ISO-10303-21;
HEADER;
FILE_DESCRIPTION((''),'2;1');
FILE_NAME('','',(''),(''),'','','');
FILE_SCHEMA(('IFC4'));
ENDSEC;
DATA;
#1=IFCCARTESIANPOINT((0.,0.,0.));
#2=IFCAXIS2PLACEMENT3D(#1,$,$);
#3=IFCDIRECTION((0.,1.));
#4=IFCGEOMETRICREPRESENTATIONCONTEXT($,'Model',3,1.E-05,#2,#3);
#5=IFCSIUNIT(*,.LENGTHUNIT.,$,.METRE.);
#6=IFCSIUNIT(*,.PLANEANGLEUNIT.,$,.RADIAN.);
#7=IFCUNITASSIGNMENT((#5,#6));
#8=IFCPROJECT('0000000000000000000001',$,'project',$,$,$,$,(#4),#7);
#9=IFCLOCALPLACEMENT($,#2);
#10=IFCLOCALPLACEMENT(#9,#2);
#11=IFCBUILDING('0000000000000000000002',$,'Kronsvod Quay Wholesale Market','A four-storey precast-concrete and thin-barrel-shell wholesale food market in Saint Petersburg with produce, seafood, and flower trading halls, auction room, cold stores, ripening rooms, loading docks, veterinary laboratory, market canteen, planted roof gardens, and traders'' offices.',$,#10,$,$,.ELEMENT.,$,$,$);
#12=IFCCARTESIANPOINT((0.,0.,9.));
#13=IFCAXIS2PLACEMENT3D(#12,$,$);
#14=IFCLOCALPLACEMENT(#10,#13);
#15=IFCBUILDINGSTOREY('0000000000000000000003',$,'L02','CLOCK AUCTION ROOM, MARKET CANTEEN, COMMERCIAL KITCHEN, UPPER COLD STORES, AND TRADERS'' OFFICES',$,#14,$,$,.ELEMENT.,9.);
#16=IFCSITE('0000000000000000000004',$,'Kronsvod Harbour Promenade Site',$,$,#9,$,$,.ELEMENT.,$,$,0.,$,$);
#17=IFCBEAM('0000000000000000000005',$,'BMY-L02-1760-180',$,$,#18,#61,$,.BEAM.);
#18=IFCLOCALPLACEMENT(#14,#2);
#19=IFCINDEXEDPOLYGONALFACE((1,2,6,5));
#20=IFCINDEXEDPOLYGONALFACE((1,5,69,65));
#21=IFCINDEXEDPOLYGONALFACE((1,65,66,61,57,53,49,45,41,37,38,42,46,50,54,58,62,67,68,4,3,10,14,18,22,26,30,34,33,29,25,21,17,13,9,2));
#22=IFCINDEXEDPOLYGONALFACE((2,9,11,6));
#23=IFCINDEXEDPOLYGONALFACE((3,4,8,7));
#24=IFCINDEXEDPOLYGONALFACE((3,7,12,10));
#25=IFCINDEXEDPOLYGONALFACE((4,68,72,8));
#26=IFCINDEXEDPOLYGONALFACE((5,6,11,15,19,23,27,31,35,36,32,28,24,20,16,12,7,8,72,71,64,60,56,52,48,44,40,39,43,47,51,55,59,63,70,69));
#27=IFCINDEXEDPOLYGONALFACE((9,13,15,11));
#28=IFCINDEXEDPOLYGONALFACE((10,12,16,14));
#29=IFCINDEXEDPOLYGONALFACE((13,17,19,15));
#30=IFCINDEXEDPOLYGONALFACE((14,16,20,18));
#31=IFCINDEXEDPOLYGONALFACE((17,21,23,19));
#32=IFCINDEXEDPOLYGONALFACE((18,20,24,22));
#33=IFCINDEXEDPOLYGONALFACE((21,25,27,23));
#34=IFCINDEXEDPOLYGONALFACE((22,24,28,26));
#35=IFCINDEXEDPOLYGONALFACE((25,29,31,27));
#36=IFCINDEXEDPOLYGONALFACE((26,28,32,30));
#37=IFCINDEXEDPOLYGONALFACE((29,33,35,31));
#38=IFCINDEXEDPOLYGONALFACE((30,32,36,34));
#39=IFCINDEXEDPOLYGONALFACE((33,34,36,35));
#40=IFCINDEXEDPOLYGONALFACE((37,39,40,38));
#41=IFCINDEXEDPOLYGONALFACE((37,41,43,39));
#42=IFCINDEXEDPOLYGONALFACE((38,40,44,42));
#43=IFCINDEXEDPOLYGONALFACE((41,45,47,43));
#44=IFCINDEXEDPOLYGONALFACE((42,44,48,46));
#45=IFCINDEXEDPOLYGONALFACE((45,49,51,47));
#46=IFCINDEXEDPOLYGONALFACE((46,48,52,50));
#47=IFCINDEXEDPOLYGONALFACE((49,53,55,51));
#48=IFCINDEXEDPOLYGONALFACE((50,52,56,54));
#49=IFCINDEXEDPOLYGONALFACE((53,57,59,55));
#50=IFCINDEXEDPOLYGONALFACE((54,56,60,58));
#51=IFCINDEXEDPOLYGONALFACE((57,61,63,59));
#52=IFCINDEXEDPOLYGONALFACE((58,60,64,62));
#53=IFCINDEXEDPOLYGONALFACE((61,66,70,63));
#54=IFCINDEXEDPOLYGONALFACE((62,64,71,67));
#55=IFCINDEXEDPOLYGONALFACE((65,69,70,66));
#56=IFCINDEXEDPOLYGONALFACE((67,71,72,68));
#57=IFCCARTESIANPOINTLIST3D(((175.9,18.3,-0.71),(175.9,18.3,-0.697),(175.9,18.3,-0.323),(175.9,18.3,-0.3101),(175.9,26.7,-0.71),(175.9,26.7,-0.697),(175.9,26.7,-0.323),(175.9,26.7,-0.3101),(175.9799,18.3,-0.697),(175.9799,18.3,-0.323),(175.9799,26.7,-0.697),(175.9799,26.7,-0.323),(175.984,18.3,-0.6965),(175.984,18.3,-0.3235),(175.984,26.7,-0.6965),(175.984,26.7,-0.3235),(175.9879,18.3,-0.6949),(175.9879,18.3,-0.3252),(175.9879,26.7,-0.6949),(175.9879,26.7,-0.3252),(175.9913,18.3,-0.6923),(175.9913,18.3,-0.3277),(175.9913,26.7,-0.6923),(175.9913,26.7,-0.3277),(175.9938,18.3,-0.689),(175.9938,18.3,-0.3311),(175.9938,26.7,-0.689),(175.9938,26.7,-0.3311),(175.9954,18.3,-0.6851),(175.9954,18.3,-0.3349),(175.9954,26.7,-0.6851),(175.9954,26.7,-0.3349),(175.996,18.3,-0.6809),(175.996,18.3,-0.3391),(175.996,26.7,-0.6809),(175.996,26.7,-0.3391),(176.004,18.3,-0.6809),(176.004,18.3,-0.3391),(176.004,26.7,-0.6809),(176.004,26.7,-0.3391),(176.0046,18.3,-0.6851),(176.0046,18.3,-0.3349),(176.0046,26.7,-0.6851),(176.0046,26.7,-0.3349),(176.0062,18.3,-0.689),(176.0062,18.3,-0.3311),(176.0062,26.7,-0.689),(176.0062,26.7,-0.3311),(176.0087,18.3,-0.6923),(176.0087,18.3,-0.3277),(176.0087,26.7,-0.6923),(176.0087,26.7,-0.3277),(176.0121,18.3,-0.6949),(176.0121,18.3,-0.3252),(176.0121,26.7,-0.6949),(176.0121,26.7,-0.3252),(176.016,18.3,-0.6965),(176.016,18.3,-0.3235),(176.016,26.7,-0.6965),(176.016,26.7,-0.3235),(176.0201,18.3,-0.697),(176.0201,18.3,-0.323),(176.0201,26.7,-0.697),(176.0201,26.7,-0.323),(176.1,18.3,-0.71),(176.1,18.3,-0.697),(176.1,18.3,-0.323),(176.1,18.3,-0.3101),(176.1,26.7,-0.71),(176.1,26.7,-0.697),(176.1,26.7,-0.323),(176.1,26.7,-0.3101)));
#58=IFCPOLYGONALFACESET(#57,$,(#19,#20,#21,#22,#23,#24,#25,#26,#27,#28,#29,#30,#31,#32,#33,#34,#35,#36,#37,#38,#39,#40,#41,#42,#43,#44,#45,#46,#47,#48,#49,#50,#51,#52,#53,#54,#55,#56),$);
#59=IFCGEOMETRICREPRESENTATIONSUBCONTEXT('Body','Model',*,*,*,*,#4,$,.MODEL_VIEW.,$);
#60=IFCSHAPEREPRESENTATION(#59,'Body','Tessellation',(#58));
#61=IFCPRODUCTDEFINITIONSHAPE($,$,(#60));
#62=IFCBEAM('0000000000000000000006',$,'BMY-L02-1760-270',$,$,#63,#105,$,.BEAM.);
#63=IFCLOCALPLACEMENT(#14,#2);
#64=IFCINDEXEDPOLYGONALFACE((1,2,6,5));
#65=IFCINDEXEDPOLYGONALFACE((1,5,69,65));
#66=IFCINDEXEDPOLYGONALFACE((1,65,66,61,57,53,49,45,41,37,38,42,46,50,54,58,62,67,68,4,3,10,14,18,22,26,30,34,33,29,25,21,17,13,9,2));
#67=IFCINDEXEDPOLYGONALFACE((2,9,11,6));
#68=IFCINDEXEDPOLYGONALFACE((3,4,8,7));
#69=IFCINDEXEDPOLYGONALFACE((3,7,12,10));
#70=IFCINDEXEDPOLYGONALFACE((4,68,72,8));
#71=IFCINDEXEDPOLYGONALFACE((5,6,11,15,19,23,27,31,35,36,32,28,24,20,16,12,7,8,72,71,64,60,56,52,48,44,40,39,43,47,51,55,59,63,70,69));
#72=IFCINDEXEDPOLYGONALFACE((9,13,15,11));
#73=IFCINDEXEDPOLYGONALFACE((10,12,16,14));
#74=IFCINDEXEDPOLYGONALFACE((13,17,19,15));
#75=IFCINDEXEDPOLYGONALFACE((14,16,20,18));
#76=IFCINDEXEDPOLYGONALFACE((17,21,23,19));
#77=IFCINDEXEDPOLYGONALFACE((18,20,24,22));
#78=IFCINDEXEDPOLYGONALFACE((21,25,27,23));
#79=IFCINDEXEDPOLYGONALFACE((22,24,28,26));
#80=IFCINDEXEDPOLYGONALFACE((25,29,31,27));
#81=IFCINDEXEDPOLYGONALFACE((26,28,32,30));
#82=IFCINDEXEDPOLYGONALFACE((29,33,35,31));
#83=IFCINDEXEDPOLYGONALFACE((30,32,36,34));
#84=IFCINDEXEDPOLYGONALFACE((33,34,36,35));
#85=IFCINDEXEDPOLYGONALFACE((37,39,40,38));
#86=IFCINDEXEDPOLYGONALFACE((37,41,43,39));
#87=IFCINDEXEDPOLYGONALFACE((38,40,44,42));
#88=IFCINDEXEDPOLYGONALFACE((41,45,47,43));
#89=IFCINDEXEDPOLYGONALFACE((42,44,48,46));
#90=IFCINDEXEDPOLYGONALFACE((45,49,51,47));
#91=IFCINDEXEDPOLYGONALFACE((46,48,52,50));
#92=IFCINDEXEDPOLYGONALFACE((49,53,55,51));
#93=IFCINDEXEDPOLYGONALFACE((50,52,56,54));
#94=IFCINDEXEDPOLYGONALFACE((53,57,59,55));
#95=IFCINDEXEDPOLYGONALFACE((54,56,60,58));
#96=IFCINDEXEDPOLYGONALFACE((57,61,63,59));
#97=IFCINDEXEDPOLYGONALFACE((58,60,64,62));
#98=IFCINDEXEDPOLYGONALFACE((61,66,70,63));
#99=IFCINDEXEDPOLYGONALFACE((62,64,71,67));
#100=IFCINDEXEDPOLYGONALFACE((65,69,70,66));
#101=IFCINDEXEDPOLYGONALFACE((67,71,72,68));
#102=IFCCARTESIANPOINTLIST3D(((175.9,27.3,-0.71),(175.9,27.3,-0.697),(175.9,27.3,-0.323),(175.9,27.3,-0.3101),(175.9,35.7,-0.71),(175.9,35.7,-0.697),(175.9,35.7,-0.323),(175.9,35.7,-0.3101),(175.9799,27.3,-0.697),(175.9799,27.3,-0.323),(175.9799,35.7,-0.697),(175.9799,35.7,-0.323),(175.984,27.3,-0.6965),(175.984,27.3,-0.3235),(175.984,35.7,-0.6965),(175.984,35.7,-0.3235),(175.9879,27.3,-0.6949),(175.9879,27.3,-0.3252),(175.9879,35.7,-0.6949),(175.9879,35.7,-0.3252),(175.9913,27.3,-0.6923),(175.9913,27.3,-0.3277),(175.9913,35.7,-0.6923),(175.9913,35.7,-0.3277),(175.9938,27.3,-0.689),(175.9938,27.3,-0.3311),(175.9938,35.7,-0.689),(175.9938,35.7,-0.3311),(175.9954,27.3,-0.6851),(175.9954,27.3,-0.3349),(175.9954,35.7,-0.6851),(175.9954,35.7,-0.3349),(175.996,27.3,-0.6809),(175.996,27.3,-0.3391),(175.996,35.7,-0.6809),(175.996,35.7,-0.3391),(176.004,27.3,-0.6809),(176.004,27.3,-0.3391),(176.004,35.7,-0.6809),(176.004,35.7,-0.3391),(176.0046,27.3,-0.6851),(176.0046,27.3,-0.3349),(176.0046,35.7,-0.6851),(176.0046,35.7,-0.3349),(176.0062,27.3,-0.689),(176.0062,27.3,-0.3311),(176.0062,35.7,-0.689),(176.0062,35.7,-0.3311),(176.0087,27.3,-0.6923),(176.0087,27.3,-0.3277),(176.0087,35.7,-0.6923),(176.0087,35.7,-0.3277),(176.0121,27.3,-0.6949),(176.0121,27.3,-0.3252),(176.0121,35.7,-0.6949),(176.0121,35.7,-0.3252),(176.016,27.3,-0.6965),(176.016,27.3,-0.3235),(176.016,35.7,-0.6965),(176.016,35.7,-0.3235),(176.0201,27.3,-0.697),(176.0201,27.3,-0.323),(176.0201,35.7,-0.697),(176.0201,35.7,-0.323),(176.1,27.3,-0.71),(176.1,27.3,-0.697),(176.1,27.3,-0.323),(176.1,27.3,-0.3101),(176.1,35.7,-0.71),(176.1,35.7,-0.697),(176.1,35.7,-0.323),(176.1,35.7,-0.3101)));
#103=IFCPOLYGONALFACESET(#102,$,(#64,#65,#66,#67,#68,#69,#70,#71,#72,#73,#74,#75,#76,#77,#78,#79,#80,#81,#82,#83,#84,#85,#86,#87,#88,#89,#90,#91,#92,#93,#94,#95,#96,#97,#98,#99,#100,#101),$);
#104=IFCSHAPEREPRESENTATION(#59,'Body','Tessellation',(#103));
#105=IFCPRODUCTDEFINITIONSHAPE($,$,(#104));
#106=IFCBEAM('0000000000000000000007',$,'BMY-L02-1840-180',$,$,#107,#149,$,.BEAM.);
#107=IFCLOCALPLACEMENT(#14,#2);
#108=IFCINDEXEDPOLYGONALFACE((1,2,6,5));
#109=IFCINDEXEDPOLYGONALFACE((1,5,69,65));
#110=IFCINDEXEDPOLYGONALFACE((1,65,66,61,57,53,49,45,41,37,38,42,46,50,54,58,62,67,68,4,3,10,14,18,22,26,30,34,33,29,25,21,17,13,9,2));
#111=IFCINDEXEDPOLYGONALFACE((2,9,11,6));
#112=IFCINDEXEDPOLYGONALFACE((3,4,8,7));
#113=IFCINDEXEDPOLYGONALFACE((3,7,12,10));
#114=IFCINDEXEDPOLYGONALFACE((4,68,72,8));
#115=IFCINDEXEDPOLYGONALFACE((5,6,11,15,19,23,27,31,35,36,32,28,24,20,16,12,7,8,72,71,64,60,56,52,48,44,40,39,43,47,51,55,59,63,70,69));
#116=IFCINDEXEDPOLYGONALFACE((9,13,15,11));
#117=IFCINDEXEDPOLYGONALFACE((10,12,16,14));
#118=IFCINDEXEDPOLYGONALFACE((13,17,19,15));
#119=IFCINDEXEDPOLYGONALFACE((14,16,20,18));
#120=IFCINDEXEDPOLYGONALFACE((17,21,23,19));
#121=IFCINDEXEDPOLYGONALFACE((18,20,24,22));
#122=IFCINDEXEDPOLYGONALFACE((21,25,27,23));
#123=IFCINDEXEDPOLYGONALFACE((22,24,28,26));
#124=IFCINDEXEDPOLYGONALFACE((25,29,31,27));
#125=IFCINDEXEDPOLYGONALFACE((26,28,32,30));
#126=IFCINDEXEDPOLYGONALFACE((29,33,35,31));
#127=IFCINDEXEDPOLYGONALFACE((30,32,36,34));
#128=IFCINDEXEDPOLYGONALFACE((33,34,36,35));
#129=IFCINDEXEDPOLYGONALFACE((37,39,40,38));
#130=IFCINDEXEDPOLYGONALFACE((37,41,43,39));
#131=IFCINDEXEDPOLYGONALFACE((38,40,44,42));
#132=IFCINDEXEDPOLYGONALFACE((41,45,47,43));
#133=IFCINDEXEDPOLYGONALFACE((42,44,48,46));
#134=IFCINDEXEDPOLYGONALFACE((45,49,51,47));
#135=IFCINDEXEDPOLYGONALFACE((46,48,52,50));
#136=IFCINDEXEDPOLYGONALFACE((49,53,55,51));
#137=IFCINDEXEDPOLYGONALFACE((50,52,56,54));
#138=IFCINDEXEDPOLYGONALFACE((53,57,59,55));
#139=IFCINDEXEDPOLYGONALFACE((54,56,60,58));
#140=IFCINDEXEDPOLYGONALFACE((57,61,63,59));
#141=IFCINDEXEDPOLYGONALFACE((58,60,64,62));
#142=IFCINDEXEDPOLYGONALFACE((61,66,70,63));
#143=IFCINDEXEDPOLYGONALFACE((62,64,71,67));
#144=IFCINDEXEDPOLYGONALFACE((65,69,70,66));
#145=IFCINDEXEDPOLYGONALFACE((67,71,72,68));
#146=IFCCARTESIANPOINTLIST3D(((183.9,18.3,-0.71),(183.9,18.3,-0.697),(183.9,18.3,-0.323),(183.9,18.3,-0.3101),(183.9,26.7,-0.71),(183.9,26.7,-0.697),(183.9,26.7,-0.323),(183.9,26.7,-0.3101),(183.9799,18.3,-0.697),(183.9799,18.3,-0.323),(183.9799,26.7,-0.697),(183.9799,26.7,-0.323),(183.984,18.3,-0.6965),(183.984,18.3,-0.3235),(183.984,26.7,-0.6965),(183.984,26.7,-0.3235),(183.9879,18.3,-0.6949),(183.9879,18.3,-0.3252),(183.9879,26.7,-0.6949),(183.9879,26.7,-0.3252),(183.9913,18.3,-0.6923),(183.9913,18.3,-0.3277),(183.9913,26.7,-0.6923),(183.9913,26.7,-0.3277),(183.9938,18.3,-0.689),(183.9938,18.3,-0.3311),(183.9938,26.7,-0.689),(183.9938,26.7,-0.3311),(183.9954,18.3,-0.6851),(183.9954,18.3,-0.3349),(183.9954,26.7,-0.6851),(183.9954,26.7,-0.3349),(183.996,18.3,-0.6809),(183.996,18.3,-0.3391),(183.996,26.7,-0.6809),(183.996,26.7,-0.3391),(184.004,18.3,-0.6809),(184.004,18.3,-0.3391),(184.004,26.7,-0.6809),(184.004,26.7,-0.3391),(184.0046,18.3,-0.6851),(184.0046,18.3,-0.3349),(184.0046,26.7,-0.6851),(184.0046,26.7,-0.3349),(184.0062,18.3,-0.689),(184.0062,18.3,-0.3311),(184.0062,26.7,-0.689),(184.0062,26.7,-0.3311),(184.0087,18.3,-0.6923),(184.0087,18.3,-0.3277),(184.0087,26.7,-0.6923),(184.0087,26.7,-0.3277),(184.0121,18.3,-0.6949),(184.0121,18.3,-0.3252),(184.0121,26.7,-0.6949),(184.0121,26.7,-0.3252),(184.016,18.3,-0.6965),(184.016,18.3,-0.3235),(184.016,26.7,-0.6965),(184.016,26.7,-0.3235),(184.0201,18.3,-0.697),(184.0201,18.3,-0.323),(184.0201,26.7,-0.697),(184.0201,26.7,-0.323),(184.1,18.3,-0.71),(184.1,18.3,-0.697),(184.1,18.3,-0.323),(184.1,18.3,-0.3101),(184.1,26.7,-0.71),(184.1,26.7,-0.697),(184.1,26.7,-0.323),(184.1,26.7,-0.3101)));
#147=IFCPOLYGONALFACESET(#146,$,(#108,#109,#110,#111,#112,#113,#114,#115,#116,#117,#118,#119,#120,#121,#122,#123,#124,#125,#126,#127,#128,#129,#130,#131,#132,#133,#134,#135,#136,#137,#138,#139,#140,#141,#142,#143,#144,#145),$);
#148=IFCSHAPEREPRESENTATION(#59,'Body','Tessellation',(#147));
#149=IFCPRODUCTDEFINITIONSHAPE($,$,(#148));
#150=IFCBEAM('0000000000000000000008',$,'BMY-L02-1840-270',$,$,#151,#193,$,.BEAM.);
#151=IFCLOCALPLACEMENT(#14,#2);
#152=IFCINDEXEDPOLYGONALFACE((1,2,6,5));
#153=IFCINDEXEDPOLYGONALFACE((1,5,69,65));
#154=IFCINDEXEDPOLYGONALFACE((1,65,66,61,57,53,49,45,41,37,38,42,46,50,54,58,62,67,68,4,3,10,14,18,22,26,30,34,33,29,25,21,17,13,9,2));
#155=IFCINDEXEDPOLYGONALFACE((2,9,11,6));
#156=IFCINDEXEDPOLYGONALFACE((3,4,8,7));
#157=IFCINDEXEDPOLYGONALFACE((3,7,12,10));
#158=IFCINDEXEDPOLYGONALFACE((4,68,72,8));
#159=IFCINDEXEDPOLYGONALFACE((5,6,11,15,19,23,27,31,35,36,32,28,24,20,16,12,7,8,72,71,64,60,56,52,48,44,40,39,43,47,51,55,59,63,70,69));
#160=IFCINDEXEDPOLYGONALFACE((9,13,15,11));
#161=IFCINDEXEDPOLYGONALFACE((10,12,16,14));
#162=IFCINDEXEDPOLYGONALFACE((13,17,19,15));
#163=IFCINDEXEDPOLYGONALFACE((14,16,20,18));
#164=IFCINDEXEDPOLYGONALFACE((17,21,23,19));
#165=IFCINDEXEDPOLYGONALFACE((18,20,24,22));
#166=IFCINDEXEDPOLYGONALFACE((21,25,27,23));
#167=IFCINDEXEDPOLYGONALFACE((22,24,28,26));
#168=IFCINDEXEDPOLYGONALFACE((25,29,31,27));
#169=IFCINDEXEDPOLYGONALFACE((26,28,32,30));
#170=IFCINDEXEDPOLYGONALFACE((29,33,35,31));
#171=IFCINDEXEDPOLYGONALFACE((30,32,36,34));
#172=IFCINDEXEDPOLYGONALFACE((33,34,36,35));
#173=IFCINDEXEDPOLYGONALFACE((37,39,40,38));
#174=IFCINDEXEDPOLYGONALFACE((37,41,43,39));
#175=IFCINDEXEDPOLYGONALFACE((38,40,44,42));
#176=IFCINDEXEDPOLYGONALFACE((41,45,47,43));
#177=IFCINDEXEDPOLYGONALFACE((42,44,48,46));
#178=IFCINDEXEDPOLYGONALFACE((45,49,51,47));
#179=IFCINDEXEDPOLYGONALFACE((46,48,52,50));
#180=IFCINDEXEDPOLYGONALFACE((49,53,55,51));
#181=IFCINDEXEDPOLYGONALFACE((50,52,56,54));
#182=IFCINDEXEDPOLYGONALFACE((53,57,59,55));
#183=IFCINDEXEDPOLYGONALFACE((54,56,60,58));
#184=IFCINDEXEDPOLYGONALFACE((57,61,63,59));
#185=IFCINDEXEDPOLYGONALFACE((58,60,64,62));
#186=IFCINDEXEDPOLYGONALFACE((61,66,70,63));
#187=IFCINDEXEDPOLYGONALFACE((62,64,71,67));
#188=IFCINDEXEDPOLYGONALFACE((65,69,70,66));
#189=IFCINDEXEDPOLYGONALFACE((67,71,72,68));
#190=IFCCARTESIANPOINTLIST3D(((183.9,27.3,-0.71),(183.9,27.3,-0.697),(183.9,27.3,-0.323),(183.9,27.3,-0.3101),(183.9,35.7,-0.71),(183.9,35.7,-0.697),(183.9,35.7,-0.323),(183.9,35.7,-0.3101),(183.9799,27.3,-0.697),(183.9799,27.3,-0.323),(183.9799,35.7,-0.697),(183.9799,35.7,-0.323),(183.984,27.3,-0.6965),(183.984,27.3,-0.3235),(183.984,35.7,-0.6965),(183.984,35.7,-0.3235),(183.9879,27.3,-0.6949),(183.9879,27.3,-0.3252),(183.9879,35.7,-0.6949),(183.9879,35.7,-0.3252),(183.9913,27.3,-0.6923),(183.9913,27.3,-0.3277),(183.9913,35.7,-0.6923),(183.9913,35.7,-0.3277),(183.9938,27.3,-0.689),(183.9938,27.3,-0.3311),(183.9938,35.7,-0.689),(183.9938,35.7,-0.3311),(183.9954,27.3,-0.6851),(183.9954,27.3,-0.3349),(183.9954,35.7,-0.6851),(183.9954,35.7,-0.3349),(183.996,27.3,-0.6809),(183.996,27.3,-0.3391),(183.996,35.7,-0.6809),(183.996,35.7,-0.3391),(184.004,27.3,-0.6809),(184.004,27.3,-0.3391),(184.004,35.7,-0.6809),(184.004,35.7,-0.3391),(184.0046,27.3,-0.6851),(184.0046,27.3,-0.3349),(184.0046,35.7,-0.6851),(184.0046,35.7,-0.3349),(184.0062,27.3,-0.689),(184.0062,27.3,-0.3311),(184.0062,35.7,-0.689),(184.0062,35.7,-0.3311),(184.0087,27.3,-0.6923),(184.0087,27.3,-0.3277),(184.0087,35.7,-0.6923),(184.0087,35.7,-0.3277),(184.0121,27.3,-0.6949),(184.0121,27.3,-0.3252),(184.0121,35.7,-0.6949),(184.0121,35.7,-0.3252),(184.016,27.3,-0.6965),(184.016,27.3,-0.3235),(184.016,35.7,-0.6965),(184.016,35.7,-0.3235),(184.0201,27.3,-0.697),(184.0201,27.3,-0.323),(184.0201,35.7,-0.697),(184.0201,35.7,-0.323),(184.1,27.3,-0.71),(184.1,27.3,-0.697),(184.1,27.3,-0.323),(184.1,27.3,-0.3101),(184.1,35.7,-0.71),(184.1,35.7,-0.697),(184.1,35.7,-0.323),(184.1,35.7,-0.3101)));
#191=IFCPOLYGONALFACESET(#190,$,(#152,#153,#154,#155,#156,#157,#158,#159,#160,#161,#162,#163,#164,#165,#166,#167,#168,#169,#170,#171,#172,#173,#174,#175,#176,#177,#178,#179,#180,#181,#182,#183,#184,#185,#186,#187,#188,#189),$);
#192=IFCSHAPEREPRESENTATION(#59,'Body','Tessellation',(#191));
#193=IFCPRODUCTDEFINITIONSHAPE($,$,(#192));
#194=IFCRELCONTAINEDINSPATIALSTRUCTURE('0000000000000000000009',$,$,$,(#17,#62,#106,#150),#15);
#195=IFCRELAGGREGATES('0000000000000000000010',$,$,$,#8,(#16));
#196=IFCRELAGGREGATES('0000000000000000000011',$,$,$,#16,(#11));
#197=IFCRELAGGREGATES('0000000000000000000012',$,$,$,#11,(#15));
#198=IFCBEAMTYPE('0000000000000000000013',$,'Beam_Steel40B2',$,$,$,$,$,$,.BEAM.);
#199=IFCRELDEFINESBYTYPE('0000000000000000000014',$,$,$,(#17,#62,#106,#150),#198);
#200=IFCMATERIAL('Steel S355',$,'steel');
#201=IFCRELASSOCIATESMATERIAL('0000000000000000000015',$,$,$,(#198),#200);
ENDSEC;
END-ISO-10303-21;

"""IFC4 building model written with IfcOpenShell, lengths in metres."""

from ifc_helpers import new_model, si_unit, direction, frame, origin, origin_2d, place, context, subcontext, project, spatial, i_section, extrude, material, material_profile, profile_set, type_object, element, save


model = new_model("IFC4")

# Units and contexts
model_context = context("Model", 3, precision=1e-05, world=origin(), true_north=direction((0.0, 1.0)))
body_context = subcontext(model_context, "Body", "Model", "MODEL_VIEW")
ifc_project = project(units=[si_unit("LENGTHUNIT", "METRE"), si_unit("PLANEANGLEUNIT", "RADIAN")], contexts=[model_context])

# Site, building, storey
site_placement = place(None, origin())
site = spatial("IfcSite", under=ifc_project, at=site_placement, Name="Kronsvod Harbour Promenade Site", CompositionType="ELEMENT", RefElevation=0.0)
building_placement = place(site_placement, origin())
building = spatial("IfcBuilding", under=site, at=building_placement, Name="Kronsvod Quay Wholesale Market", Description="A four-storey precast-concrete and thin-barrel-shell wholesale food market in Saint Petersburg with produce, seafood, and flower trading halls, auction room, cold stores, ripening rooms, loading docks, veterinary laboratory, market canteen, planted roof gardens, and traders' offices.", CompositionType="ELEMENT")
storey_placement = place(building_placement, frame((0.0, 0.0, 9.0)))
storey = spatial("IfcBuildingStorey", under=building, at=storey_placement, Name="L02", Description="CLOCK AUCTION ROOM, MARKET CANTEEN, COMMERCIAL KITCHEN, UPPER COLD STORES, AND TRADERS' OFFICES", CompositionType="ELEMENT", Elevation=9.0)

# Beams
ifc_material_1 = material(Name="Steel S355", Category="steel")
ifc_material_profile_1 = material_profile(ifc_material_1, i_section(OverallWidth=0.2, OverallDepth=0.3999, WebThickness=0.0081, FlangeThickness=0.0129, FilletRadius=0.0161, at=origin_2d()), Name="40B2")
ifc_profile_set_1 = profile_set([ifc_material_profile_1], Name="Steel S355")
beam_type_1 = type_object("IfcBeamType", Name="Beam_Steel40B2", PredefinedType="BEAM", material=ifc_profile_set_1)
for number, where, z_axis, x_axis, name in (
    (1, (176.0, 18.3, -0.51), (0.0, 1.0, 0.0), (-1.0, 0.0, 0.0), "BMY-L02-1760-180"),
    (2, (176.0, 27.3, -0.51), (0.0, 1.0, 0.0), (-1.0, 0.0, 0.0), "BMY-L02-1760-270"),
    (3, (184.0, 18.3, -0.51), (0.0, 1.0, 0.0), (-1.0, 0.0, 0.0), "BMY-L02-1840-180"),
    (4, (184.0, 27.3, -0.51), (0.0, 1.0, 0.0), (-1.0, 0.0, 0.0), "BMY-L02-1840-270"),
):
    element("IfcBeam", number, at=place(storey_placement, frame(where, z_axis=z_axis, x_axis=x_axis)), inside=storey, type_object=beam_type_1, Name=name, PredefinedType="BEAM", context=body_context, shape_type="SweptSolid", body=[
        extrude(i_section(OverallWidth=0.2, OverallDepth=0.3999, WebThickness=0.0081, FlangeThickness=0.0129, FilletRadius=0.0161, at=origin_2d()), origin(), (0.0, 0.0, 1.0), 8.3999),
    ])

save(model, "model.ifc")
